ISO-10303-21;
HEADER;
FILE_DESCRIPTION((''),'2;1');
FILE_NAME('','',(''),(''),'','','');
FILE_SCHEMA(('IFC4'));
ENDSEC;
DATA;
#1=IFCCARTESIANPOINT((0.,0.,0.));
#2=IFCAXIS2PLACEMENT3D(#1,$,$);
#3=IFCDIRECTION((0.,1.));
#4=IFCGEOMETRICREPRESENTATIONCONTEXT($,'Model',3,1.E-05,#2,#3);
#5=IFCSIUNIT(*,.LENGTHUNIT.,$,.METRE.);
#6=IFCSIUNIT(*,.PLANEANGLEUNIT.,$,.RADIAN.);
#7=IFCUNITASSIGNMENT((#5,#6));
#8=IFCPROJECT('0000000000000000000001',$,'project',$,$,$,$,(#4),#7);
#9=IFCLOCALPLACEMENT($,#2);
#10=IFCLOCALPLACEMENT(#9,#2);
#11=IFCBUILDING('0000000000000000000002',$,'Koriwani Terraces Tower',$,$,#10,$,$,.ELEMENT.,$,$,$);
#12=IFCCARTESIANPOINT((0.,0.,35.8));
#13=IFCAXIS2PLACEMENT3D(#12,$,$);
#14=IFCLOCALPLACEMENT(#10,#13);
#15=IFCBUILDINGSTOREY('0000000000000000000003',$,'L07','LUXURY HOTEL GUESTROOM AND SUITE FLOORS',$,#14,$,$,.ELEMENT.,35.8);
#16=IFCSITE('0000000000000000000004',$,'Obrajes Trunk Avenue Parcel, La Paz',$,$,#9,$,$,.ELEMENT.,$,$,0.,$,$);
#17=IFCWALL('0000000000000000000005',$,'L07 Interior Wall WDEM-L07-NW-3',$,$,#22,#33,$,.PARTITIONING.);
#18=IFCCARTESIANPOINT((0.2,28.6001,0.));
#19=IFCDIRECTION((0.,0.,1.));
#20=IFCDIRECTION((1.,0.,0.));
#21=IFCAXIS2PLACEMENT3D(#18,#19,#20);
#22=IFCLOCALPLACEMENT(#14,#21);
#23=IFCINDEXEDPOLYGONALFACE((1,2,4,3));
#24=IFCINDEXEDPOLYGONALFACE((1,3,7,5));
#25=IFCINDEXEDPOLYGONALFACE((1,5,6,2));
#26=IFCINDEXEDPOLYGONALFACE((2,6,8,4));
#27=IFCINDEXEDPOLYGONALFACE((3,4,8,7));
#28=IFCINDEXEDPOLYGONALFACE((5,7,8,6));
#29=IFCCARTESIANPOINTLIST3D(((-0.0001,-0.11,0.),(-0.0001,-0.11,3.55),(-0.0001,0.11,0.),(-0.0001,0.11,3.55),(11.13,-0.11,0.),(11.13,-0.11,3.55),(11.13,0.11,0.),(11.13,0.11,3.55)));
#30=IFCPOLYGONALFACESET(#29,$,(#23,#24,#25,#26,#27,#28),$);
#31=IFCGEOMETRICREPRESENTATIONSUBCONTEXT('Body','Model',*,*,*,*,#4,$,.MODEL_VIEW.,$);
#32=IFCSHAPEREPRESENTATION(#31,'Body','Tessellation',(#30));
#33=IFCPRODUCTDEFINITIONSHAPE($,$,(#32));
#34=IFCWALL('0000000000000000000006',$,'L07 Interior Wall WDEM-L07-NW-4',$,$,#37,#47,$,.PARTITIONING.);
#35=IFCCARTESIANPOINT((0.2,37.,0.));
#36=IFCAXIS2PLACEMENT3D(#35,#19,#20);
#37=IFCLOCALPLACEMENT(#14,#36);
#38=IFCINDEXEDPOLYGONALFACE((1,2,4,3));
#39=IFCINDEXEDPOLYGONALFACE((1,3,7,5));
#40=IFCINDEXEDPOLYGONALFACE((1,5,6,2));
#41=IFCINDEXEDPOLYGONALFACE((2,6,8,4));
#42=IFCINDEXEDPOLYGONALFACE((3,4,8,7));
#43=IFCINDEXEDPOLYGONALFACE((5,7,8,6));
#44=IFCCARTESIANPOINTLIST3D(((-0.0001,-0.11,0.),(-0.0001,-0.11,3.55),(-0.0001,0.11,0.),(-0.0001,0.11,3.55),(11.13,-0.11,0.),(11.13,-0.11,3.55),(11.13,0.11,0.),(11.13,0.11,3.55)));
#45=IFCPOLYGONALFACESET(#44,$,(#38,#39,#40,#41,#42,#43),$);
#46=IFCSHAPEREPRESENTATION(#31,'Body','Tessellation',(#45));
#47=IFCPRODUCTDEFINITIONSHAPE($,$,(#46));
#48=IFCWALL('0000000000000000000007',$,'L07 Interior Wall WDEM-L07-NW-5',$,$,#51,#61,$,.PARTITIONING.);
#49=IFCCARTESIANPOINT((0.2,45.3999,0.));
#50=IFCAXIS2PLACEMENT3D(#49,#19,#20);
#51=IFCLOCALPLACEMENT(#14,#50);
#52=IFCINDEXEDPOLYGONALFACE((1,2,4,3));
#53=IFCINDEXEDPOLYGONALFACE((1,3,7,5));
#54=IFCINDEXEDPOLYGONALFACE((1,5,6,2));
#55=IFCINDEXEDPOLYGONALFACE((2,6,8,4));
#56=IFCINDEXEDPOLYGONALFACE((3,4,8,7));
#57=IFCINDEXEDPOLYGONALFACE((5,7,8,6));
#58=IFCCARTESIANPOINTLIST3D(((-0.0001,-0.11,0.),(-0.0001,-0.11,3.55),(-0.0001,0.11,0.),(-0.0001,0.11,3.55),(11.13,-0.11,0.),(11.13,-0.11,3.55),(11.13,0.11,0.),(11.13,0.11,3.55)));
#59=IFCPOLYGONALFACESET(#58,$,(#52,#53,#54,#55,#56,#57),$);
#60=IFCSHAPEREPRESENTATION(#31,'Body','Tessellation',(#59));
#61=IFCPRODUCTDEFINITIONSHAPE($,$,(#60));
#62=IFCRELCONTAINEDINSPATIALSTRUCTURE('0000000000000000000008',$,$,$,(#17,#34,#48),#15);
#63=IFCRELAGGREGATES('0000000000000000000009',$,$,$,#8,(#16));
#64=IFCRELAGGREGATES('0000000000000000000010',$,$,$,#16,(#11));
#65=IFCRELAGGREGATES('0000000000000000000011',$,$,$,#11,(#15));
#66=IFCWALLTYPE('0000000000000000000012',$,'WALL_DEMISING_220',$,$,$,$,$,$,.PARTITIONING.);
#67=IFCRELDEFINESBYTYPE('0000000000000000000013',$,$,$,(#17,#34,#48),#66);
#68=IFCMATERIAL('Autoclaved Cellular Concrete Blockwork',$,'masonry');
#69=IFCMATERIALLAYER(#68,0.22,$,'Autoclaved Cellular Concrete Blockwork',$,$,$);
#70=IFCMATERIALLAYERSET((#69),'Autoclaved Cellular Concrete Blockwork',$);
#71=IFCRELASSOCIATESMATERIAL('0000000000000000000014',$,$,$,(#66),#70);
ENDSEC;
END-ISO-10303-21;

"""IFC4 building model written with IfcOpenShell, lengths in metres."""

from ifc_helpers import new_model, si_unit, direction, frame, frame_2d, origin, place, context, subcontext, project, spatial, rectangle, extrude, material, layer, layer_set, type_object, element, save


model = new_model("IFC4")

# Units and contexts
model_context = context("Model", 3, precision=1e-05, world=origin(), true_north=direction((0.0, 1.0)))
body_context = subcontext(model_context, "Body", "Model", "MODEL_VIEW")
ifc_project = project(units=[si_unit("LENGTHUNIT", "METRE"), si_unit("PLANEANGLEUNIT", "RADIAN")], contexts=[model_context])

# Site, building, storey
site_placement = place(None, origin())
site = spatial("IfcSite", under=ifc_project, at=site_placement, Name="Obrajes Trunk Avenue Parcel, La Paz", CompositionType="ELEMENT", RefElevation=0.0)
building_placement = place(site_placement, origin())
building = spatial("IfcBuilding", under=site, at=building_placement, Name="Koriwani Terraces Tower", CompositionType="ELEMENT")
storey_placement = place(building_placement, frame((0.0, 0.0, 35.8)))
storey = spatial("IfcBuildingStorey", under=building, at=storey_placement, Name="L07", Description="LUXURY HOTEL GUESTROOM AND SUITE FLOORS", CompositionType="ELEMENT", Elevation=35.8)

# Walls
ifc_material_1 = material(Name="Autoclaved Cellular Concrete Blockwork", Category="masonry")
ifc_layer_1 = layer(ifc_material_1, 0.22, Name="Autoclaved Cellular Concrete Blockwork")
ifc_layer_set_1 = layer_set([ifc_layer_1], Name="Autoclaved Cellular Concrete Blockwork")
wall_type_1 = type_object("IfcWallType", Name="WALL_DEMISING_220", PredefinedType="PARTITIONING", material=ifc_layer_set_1)
for number, where, z_axis, x_axis, name in (
    (1, (0.2, 28.6001, 0.0), (0.0, 0.0, 1.0), (1.0, 0.0, 0.0), "L07 Interior Wall WDEM-L07-NW-3"),
    (2, (0.2, 37.0, 0.0), (0.0, 0.0, 1.0), (1.0, 0.0, 0.0), "L07 Interior Wall WDEM-L07-NW-4"),
    (3, (0.2, 45.3999, 0.0), (0.0, 0.0, 1.0), (1.0, 0.0, 0.0), "L07 Interior Wall WDEM-L07-NW-5"),
):
    element("IfcWall", number, at=place(storey_placement, frame(where, z_axis=z_axis, x_axis=x_axis)), inside=storey, type_object=wall_type_1, Name=name, PredefinedType="PARTITIONING", context=body_context, shape_type="SweptSolid", body=[
        extrude(rectangle(XDim=11.1301, YDim=0.22, at=frame_2d((5.5649, 0.0))), origin(), (0.0, 0.0, 1.0), 3.55),
    ])

save(model, "model.ifc")
